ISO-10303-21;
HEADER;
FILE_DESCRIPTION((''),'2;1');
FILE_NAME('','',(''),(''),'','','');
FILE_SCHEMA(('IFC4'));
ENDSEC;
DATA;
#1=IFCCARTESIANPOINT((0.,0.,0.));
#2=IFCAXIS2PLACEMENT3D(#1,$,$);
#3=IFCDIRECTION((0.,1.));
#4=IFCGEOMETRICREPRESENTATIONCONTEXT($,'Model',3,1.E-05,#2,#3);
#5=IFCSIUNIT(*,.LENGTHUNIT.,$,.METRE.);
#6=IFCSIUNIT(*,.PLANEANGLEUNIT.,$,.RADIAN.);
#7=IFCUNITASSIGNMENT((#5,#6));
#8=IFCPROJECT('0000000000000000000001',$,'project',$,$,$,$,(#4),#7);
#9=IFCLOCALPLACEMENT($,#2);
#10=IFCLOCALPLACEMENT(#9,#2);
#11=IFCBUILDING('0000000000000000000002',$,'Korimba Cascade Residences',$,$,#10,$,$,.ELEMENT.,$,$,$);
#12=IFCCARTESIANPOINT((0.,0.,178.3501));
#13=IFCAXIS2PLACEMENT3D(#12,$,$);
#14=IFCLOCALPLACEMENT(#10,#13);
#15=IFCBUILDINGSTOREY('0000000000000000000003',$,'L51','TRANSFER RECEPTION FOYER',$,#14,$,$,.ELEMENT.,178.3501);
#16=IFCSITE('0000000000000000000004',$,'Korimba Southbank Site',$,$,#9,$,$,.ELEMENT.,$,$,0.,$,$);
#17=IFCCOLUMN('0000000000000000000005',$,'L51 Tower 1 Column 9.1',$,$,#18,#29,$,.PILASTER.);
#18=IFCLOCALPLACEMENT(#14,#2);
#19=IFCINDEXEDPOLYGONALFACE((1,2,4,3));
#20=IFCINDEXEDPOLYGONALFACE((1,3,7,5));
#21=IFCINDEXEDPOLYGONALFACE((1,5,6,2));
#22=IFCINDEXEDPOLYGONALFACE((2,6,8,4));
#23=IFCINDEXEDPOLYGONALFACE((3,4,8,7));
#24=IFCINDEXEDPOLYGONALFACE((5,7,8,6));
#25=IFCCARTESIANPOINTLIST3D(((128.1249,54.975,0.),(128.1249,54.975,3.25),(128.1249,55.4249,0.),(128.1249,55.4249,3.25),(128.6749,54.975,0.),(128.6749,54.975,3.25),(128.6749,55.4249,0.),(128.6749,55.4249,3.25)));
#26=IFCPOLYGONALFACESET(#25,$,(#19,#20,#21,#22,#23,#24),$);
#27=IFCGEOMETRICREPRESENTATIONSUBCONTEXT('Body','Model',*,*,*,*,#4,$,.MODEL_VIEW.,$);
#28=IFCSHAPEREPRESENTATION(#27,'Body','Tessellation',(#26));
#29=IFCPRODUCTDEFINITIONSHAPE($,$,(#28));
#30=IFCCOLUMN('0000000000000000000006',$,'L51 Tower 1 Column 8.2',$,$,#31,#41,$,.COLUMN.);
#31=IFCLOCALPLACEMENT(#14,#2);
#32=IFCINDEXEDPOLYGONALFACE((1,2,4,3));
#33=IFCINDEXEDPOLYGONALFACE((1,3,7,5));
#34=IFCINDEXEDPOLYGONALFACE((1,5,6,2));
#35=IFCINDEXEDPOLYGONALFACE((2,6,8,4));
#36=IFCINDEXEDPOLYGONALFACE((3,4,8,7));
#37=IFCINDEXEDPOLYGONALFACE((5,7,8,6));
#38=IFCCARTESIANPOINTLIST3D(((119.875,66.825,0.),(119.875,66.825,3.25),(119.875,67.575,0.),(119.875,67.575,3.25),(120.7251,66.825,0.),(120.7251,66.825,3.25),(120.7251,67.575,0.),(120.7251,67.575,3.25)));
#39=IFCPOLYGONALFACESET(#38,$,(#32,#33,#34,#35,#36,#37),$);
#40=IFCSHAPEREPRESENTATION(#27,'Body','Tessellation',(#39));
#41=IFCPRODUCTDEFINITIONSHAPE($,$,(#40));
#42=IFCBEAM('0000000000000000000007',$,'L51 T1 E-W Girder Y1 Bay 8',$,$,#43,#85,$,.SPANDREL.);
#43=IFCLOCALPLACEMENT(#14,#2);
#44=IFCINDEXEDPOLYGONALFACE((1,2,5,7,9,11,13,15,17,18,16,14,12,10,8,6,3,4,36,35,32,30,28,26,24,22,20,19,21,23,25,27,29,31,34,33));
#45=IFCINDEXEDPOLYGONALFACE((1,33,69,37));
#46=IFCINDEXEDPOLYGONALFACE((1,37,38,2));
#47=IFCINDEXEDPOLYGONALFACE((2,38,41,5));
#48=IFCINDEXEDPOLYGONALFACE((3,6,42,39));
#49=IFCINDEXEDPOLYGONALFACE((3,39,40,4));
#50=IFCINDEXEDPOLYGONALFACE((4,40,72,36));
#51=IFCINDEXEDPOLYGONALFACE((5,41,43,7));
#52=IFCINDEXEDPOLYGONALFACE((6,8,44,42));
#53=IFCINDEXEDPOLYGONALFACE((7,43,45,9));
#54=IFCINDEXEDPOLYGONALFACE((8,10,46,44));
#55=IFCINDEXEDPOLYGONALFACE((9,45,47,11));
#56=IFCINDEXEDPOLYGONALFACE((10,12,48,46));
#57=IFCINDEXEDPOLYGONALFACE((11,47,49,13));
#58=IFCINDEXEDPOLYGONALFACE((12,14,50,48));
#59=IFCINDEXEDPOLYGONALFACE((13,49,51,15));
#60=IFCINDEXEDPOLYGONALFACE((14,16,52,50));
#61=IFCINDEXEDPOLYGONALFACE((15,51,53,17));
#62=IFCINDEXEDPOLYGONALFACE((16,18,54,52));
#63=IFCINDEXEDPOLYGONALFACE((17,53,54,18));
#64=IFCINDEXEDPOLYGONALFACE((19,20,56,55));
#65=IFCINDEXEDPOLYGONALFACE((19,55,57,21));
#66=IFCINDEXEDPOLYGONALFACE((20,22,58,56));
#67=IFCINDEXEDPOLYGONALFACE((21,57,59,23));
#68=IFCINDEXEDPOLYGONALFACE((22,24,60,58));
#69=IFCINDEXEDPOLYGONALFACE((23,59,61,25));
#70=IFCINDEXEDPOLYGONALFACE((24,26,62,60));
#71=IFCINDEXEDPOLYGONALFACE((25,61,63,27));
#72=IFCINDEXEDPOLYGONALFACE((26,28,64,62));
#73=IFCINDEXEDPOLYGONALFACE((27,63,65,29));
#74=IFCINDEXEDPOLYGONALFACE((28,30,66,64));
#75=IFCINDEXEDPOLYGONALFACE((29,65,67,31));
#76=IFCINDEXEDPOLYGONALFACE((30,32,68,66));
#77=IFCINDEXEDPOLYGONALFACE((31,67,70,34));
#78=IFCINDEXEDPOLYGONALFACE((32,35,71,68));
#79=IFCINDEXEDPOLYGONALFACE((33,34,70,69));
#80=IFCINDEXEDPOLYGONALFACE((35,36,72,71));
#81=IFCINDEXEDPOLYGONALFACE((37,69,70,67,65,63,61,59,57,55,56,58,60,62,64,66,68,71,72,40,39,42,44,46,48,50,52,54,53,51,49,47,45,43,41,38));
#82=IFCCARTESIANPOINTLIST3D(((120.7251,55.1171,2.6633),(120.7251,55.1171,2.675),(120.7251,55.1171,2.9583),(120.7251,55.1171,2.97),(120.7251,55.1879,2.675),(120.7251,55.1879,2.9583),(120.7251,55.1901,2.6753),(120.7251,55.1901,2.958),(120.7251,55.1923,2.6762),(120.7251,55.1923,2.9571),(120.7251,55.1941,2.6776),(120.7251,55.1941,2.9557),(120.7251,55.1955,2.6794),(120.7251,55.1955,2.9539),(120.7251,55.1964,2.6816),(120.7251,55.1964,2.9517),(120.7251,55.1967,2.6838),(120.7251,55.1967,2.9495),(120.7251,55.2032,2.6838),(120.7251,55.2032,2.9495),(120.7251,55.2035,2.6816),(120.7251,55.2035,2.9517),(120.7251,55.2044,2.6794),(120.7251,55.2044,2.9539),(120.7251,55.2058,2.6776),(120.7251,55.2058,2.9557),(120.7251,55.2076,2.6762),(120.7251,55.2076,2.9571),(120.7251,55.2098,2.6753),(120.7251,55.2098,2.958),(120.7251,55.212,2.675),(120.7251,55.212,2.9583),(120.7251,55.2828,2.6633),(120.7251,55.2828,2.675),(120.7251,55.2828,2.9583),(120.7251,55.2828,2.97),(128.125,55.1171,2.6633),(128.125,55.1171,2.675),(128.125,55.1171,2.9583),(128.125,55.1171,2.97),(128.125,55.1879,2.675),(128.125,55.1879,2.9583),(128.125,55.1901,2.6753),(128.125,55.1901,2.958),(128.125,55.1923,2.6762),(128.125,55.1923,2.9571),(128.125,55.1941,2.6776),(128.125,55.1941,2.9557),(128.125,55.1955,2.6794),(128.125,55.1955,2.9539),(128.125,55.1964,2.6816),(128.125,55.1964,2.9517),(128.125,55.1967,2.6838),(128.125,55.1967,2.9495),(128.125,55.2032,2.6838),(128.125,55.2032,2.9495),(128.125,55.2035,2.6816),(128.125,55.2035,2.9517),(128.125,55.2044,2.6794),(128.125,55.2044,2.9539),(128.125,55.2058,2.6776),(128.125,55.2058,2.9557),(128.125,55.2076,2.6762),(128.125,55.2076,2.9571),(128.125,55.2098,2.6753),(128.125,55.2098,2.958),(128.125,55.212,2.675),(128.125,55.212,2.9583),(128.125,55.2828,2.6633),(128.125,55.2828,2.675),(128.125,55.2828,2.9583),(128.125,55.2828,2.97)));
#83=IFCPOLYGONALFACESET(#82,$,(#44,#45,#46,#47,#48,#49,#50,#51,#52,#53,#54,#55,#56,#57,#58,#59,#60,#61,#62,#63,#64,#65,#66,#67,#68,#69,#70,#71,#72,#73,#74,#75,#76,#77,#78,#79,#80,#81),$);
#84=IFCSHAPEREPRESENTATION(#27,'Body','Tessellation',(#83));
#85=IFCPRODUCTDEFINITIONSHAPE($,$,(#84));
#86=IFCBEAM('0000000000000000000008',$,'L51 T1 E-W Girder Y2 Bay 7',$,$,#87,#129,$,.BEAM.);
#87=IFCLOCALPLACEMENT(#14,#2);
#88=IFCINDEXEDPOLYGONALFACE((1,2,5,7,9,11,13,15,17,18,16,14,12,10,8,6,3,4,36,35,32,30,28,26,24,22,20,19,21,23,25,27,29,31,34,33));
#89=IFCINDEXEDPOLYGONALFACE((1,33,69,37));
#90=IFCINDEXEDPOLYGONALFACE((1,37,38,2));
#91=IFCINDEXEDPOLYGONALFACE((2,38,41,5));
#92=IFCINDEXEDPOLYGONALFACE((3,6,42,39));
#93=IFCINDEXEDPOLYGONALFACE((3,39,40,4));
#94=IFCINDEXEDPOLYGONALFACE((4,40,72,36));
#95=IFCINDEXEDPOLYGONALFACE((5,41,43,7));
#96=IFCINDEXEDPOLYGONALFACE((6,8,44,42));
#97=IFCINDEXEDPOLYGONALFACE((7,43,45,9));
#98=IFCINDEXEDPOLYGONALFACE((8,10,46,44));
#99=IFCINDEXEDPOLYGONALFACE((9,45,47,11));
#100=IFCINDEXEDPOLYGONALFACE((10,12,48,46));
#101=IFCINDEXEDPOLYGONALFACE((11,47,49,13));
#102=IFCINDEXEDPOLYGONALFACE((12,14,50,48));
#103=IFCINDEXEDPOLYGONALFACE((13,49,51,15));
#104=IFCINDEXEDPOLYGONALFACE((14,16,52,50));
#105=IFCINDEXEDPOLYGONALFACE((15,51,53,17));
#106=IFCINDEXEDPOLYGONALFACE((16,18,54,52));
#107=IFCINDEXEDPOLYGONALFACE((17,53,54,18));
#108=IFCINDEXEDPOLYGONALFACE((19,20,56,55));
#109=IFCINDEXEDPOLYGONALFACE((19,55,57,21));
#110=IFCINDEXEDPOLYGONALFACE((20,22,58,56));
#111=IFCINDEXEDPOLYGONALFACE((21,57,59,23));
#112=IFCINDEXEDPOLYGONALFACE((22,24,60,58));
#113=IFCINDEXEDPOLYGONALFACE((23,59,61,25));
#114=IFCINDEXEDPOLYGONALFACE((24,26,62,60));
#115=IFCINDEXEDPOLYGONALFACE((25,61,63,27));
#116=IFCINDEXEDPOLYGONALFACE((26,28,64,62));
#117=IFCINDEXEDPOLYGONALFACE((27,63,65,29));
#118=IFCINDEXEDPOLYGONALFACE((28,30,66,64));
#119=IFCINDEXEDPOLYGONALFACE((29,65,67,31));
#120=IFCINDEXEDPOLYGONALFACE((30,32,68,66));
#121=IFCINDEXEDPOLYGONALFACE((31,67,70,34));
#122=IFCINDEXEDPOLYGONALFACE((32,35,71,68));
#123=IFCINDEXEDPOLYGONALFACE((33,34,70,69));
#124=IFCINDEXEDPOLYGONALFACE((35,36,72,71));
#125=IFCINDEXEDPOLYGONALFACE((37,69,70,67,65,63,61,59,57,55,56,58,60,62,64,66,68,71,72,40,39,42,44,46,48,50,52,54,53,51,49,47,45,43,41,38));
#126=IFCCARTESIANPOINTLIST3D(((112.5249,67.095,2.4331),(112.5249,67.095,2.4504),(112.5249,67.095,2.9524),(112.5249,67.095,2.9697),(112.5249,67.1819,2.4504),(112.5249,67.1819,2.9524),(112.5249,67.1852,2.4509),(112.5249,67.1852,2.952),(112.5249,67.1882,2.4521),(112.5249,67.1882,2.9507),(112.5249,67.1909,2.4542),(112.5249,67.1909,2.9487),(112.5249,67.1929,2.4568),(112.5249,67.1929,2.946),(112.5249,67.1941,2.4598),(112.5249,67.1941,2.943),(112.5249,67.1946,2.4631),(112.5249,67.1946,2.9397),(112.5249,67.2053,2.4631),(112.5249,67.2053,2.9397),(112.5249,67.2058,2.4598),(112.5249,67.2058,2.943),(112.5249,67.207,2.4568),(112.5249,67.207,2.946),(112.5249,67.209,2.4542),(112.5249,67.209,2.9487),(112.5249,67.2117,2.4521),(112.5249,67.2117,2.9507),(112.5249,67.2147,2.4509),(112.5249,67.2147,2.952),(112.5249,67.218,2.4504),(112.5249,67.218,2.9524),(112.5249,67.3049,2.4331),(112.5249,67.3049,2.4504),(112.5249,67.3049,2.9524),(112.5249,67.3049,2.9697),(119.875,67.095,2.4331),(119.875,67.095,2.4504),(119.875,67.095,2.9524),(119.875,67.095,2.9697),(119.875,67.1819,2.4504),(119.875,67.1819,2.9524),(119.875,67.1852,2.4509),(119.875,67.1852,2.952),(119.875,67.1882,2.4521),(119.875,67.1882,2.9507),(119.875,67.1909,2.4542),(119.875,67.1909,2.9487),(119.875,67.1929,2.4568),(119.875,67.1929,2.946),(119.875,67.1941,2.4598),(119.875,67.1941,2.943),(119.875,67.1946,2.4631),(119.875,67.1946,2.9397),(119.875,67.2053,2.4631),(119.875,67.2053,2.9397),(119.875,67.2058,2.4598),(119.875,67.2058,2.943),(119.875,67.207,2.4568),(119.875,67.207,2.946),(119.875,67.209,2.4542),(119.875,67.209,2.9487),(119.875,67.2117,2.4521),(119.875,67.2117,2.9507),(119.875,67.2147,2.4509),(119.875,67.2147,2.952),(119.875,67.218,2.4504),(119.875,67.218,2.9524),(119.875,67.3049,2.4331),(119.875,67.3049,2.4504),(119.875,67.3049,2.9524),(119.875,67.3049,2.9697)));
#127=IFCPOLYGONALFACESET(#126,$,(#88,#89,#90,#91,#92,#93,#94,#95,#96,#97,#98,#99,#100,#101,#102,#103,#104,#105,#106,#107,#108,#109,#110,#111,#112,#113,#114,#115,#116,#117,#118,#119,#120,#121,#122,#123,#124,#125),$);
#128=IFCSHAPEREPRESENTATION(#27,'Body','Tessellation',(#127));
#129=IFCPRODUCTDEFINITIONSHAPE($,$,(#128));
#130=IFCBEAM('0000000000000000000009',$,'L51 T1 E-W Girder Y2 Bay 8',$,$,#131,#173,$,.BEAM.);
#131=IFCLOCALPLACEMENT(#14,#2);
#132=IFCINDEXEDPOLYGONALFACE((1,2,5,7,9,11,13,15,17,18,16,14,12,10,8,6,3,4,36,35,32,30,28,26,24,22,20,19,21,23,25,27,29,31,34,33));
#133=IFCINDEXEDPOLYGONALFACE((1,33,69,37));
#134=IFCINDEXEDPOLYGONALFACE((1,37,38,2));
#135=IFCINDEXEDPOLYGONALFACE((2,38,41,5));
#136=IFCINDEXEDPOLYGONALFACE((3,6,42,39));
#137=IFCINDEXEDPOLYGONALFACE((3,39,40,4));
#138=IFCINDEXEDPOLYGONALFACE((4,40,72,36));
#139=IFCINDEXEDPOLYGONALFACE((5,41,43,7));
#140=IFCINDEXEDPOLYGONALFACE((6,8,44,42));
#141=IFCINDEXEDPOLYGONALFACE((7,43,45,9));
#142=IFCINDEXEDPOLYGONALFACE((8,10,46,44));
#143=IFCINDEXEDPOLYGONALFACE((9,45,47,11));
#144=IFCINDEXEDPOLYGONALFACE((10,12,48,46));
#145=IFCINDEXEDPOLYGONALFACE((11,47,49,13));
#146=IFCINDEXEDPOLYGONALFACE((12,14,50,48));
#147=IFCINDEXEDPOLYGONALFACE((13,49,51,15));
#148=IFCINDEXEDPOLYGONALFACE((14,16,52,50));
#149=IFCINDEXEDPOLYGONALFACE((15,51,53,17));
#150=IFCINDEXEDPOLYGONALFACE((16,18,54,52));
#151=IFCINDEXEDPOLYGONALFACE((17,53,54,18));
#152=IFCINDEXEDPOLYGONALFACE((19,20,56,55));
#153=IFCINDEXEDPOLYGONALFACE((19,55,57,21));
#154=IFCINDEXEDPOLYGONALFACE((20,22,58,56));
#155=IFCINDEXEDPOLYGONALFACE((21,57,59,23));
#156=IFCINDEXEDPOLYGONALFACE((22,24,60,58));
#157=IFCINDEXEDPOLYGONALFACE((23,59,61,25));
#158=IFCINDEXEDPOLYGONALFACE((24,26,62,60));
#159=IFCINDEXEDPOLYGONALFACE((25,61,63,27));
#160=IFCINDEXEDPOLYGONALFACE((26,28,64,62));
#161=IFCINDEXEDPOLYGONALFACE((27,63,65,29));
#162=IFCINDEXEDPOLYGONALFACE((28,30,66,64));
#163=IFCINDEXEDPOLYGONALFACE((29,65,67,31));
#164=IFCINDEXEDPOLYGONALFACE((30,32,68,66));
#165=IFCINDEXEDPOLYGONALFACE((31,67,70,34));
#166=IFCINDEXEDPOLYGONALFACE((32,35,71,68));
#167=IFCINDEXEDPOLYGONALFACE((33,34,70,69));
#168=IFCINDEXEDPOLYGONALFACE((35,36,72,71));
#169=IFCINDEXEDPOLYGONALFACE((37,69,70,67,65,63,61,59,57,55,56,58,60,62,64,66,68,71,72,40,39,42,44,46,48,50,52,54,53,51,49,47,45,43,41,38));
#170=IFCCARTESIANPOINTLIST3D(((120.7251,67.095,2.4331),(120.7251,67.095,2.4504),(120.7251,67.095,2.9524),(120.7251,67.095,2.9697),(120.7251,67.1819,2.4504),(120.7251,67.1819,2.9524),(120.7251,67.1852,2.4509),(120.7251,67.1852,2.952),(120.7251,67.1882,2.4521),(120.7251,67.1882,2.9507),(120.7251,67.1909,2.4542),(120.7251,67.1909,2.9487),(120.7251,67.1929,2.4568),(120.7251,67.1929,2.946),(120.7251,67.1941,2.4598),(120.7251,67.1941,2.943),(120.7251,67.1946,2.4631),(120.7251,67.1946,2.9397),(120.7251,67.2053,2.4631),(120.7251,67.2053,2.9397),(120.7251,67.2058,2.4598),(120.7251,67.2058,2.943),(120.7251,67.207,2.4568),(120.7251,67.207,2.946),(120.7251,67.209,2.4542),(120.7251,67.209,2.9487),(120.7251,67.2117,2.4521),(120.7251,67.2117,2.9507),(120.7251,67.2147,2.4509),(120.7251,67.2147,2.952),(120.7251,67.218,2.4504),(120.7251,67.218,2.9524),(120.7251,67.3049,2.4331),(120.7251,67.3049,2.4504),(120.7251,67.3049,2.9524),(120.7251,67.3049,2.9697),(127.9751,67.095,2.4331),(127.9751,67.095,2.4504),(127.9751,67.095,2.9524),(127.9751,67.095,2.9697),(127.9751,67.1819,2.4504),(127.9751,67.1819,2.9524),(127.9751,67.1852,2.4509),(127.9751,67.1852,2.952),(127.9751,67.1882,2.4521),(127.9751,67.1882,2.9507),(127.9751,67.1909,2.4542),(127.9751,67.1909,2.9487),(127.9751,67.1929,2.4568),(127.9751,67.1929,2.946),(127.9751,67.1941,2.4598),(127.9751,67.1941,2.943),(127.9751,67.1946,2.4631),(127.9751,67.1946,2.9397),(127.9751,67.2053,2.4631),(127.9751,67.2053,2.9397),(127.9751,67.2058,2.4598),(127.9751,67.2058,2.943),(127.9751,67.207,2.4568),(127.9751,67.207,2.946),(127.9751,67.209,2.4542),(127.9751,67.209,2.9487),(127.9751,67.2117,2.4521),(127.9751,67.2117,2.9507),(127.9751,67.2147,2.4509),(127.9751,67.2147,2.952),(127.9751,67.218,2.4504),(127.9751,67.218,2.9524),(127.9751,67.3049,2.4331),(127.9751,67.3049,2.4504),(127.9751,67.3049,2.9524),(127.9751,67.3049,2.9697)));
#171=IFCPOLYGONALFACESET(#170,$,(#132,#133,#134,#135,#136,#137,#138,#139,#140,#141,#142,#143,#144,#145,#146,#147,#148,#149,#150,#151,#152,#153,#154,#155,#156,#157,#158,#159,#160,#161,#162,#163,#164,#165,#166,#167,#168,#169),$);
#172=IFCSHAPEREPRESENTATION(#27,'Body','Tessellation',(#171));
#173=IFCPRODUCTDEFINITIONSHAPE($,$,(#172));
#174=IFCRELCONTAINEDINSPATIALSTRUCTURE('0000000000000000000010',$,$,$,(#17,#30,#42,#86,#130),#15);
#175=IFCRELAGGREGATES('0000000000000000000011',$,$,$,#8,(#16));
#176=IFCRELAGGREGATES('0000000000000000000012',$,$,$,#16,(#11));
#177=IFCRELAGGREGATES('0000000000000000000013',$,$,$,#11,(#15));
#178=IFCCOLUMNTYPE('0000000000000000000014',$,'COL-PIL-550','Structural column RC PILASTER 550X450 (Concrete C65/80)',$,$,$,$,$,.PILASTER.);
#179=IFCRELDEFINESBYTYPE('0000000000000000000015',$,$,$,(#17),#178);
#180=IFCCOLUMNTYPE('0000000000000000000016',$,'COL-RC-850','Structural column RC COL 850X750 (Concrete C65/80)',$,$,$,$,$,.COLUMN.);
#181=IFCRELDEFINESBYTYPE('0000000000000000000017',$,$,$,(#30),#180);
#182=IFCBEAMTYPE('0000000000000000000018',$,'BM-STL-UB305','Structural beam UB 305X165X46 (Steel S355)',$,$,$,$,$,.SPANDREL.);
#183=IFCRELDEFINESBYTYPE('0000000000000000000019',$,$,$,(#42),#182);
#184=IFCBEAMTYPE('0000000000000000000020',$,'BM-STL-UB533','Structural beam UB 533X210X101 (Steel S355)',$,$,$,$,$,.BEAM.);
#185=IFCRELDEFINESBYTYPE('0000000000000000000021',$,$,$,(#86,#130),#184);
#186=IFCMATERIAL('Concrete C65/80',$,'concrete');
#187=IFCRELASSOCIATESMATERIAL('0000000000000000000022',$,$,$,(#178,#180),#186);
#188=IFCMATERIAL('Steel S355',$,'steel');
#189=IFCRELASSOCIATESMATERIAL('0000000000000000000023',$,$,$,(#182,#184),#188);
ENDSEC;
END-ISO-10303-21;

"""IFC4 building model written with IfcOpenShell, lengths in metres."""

from ifc_helpers import new_model, si_unit, direction, frame, origin, origin_2d, place, context, subcontext, project, spatial, rectangle, i_section, extrude, material, material_profile, profile_set, type_object, element, save


model = new_model("IFC4")

# Units and contexts
model_context = context("Model", 3, precision=1e-05, world=origin(), true_north=direction((0.0, 1.0)))
body_context = subcontext(model_context, "Body", "Model", "MODEL_VIEW")
ifc_project = project(units=[si_unit("LENGTHUNIT", "METRE"), si_unit("PLANEANGLEUNIT", "RADIAN")], contexts=[model_context])

# Site, building, storey
site_placement = place(None, origin())
site = spatial("IfcSite", under=ifc_project, at=site_placement, Name="Korimba Southbank Site", CompositionType="ELEMENT", RefElevation=0.0)
building_placement = place(site_placement, origin())
building = spatial("IfcBuilding", under=site, at=building_placement, Name="Korimba Cascade Residences", CompositionType="ELEMENT")
storey_placement = place(building_placement, frame((0.0, 0.0, 178.3501)))
storey = spatial("IfcBuildingStorey", under=building, at=storey_placement, Name="L51", Description="TRANSFER RECEPTION FOYER", CompositionType="ELEMENT", Elevation=178.3501)

# Columns
ifc_material_1 = material(Name="Concrete C65/80", Category="concrete")
ifc_material_profile_1 = material_profile(ifc_material_1, rectangle(XDim=0.55, YDim=0.45, at=origin_2d()), Name="Concrete C65/80")
ifc_profile_set_1 = profile_set([ifc_material_profile_1], Name="Concrete C65/80")
column_type_1 = type_object("IfcColumnType", Name="COL-PIL-550", Description="Structural column RC PILASTER 550X450 (Concrete C65/80)", PredefinedType="PILASTER", material=ifc_profile_set_1)
column_1_placement = place(storey_placement, frame((128.3999, 55.2, 0.0), z_axis=(0.0, 0.0, 1.0), x_axis=(1.0, 0.0, 0.0)))
element("IfcColumn", 1, at=column_1_placement, inside=storey, type_object=column_type_1, Name="L51 Tower 1 Column 9.1", PredefinedType="PILASTER", context=body_context, shape_type="SweptSolid", body=[
    extrude(rectangle(XDim=0.55, YDim=0.45, at=origin_2d()), origin(), (0.0, 0.0, 1.0), 3.25),
])
ifc_material_profile_2 = material_profile(ifc_material_1, rectangle(XDim=0.8501, YDim=0.75, at=origin_2d()), Name="Concrete C65/80")
ifc_profile_set_2 = profile_set([ifc_material_profile_2], Name="Concrete C65/80")
column_type_2 = type_object("IfcColumnType", Name="COL-RC-850", Description="Structural column RC COL 850X750 (Concrete C65/80)", PredefinedType="COLUMN", material=ifc_profile_set_2)
column_2_placement = place(storey_placement, frame((120.3, 67.2, 0.0), z_axis=(0.0, 0.0, 1.0), x_axis=(1.0, 0.0, 0.0)))
element("IfcColumn", 2, at=column_2_placement, inside=storey, type_object=column_type_2, Name="L51 Tower 1 Column 8.2", PredefinedType="COLUMN", context=body_context, shape_type="SweptSolid", body=[
    extrude(rectangle(XDim=0.8501, YDim=0.75, at=origin_2d()), origin(), (0.0, 0.0, 1.0), 3.25),
])

# Beams
ifc_material_2 = material(Name="Steel S355", Category="steel")
ifc_material_profile_3 = material_profile(ifc_material_2, i_section(OverallWidth=0.1658, OverallDepth=0.3066, WebThickness=0.0066, FlangeThickness=0.0117, FilletRadius=0.0088, at=origin_2d()), Name="Steel S355")
ifc_profile_set_3 = profile_set([ifc_material_profile_3], Name="Steel S355")
beam_type_1 = type_object("IfcBeamType", Name="BM-STL-UB305", Description="Structural beam UB 305X165X46 (Steel S355)", PredefinedType="SPANDREL", material=ifc_profile_set_3)
beam_1_placement = place(storey_placement, frame((120.7251, 55.2, 2.8167), z_axis=(1.0, 0.0, 0.0), x_axis=(0.0, 1.0, 0.0)))
element("IfcBeam", 3, at=beam_1_placement, inside=storey, type_object=beam_type_1, Name="L51 T1 E-W Girder Y1 Bay 8", PredefinedType="SPANDREL", context=body_context, shape_type="SweptSolid", body=[
    extrude(i_section(OverallWidth=0.1658, OverallDepth=0.3066, WebThickness=0.0066, FlangeThickness=0.0117, FilletRadius=0.0088, at=origin_2d()), origin(), (0.0, 0.0, 1.0), 7.3999),
])
ifc_material_profile_4 = material_profile(ifc_material_2, i_section(OverallWidth=0.21, OverallDepth=0.5366, WebThickness=0.0107, FlangeThickness=0.0173, FilletRadius=0.0127, at=origin_2d()), Name="Steel S355")
ifc_profile_set_4 = profile_set([ifc_material_profile_4], Name="Steel S355")
beam_type_2 = type_object("IfcBeamType", Name="BM-STL-UB533", Description="Structural beam UB 533X210X101 (Steel S355)", PredefinedType="BEAM", material=ifc_profile_set_4)
beam_2_placement = place(storey_placement, frame((112.5249, 67.2, 2.7014), z_axis=(1.0, 0.0, 0.0), x_axis=(0.0, 1.0, 0.0)))
element("IfcBeam", 4, at=beam_2_placement, inside=storey, type_object=beam_type_2, Name="L51 T1 E-W Girder Y2 Bay 7", PredefinedType="BEAM", context=body_context, shape_type="SweptSolid", body=[
    extrude(i_section(OverallWidth=0.21, OverallDepth=0.5366, WebThickness=0.0107, FlangeThickness=0.0173, FilletRadius=0.0127, at=origin_2d()), origin(), (0.0, 0.0, 1.0), 7.3501),
])
beam_3_placement = place(storey_placement, frame((120.7251, 67.2, 2.7014), z_axis=(1.0, 0.0, 0.0), x_axis=(0.0, 1.0, 0.0)))
element("IfcBeam", 5, at=beam_3_placement, inside=storey, type_object=beam_type_2, Name="L51 T1 E-W Girder Y2 Bay 8", PredefinedType="BEAM", context=body_context, shape_type="SweptSolid", body=[
    extrude(i_section(OverallWidth=0.21, OverallDepth=0.5366, WebThickness=0.0107, FlangeThickness=0.0173, FilletRadius=0.0127, at=origin_2d()), origin(), (0.0, 0.0, 1.0), 7.25),
])

save(model, "model.ifc")
